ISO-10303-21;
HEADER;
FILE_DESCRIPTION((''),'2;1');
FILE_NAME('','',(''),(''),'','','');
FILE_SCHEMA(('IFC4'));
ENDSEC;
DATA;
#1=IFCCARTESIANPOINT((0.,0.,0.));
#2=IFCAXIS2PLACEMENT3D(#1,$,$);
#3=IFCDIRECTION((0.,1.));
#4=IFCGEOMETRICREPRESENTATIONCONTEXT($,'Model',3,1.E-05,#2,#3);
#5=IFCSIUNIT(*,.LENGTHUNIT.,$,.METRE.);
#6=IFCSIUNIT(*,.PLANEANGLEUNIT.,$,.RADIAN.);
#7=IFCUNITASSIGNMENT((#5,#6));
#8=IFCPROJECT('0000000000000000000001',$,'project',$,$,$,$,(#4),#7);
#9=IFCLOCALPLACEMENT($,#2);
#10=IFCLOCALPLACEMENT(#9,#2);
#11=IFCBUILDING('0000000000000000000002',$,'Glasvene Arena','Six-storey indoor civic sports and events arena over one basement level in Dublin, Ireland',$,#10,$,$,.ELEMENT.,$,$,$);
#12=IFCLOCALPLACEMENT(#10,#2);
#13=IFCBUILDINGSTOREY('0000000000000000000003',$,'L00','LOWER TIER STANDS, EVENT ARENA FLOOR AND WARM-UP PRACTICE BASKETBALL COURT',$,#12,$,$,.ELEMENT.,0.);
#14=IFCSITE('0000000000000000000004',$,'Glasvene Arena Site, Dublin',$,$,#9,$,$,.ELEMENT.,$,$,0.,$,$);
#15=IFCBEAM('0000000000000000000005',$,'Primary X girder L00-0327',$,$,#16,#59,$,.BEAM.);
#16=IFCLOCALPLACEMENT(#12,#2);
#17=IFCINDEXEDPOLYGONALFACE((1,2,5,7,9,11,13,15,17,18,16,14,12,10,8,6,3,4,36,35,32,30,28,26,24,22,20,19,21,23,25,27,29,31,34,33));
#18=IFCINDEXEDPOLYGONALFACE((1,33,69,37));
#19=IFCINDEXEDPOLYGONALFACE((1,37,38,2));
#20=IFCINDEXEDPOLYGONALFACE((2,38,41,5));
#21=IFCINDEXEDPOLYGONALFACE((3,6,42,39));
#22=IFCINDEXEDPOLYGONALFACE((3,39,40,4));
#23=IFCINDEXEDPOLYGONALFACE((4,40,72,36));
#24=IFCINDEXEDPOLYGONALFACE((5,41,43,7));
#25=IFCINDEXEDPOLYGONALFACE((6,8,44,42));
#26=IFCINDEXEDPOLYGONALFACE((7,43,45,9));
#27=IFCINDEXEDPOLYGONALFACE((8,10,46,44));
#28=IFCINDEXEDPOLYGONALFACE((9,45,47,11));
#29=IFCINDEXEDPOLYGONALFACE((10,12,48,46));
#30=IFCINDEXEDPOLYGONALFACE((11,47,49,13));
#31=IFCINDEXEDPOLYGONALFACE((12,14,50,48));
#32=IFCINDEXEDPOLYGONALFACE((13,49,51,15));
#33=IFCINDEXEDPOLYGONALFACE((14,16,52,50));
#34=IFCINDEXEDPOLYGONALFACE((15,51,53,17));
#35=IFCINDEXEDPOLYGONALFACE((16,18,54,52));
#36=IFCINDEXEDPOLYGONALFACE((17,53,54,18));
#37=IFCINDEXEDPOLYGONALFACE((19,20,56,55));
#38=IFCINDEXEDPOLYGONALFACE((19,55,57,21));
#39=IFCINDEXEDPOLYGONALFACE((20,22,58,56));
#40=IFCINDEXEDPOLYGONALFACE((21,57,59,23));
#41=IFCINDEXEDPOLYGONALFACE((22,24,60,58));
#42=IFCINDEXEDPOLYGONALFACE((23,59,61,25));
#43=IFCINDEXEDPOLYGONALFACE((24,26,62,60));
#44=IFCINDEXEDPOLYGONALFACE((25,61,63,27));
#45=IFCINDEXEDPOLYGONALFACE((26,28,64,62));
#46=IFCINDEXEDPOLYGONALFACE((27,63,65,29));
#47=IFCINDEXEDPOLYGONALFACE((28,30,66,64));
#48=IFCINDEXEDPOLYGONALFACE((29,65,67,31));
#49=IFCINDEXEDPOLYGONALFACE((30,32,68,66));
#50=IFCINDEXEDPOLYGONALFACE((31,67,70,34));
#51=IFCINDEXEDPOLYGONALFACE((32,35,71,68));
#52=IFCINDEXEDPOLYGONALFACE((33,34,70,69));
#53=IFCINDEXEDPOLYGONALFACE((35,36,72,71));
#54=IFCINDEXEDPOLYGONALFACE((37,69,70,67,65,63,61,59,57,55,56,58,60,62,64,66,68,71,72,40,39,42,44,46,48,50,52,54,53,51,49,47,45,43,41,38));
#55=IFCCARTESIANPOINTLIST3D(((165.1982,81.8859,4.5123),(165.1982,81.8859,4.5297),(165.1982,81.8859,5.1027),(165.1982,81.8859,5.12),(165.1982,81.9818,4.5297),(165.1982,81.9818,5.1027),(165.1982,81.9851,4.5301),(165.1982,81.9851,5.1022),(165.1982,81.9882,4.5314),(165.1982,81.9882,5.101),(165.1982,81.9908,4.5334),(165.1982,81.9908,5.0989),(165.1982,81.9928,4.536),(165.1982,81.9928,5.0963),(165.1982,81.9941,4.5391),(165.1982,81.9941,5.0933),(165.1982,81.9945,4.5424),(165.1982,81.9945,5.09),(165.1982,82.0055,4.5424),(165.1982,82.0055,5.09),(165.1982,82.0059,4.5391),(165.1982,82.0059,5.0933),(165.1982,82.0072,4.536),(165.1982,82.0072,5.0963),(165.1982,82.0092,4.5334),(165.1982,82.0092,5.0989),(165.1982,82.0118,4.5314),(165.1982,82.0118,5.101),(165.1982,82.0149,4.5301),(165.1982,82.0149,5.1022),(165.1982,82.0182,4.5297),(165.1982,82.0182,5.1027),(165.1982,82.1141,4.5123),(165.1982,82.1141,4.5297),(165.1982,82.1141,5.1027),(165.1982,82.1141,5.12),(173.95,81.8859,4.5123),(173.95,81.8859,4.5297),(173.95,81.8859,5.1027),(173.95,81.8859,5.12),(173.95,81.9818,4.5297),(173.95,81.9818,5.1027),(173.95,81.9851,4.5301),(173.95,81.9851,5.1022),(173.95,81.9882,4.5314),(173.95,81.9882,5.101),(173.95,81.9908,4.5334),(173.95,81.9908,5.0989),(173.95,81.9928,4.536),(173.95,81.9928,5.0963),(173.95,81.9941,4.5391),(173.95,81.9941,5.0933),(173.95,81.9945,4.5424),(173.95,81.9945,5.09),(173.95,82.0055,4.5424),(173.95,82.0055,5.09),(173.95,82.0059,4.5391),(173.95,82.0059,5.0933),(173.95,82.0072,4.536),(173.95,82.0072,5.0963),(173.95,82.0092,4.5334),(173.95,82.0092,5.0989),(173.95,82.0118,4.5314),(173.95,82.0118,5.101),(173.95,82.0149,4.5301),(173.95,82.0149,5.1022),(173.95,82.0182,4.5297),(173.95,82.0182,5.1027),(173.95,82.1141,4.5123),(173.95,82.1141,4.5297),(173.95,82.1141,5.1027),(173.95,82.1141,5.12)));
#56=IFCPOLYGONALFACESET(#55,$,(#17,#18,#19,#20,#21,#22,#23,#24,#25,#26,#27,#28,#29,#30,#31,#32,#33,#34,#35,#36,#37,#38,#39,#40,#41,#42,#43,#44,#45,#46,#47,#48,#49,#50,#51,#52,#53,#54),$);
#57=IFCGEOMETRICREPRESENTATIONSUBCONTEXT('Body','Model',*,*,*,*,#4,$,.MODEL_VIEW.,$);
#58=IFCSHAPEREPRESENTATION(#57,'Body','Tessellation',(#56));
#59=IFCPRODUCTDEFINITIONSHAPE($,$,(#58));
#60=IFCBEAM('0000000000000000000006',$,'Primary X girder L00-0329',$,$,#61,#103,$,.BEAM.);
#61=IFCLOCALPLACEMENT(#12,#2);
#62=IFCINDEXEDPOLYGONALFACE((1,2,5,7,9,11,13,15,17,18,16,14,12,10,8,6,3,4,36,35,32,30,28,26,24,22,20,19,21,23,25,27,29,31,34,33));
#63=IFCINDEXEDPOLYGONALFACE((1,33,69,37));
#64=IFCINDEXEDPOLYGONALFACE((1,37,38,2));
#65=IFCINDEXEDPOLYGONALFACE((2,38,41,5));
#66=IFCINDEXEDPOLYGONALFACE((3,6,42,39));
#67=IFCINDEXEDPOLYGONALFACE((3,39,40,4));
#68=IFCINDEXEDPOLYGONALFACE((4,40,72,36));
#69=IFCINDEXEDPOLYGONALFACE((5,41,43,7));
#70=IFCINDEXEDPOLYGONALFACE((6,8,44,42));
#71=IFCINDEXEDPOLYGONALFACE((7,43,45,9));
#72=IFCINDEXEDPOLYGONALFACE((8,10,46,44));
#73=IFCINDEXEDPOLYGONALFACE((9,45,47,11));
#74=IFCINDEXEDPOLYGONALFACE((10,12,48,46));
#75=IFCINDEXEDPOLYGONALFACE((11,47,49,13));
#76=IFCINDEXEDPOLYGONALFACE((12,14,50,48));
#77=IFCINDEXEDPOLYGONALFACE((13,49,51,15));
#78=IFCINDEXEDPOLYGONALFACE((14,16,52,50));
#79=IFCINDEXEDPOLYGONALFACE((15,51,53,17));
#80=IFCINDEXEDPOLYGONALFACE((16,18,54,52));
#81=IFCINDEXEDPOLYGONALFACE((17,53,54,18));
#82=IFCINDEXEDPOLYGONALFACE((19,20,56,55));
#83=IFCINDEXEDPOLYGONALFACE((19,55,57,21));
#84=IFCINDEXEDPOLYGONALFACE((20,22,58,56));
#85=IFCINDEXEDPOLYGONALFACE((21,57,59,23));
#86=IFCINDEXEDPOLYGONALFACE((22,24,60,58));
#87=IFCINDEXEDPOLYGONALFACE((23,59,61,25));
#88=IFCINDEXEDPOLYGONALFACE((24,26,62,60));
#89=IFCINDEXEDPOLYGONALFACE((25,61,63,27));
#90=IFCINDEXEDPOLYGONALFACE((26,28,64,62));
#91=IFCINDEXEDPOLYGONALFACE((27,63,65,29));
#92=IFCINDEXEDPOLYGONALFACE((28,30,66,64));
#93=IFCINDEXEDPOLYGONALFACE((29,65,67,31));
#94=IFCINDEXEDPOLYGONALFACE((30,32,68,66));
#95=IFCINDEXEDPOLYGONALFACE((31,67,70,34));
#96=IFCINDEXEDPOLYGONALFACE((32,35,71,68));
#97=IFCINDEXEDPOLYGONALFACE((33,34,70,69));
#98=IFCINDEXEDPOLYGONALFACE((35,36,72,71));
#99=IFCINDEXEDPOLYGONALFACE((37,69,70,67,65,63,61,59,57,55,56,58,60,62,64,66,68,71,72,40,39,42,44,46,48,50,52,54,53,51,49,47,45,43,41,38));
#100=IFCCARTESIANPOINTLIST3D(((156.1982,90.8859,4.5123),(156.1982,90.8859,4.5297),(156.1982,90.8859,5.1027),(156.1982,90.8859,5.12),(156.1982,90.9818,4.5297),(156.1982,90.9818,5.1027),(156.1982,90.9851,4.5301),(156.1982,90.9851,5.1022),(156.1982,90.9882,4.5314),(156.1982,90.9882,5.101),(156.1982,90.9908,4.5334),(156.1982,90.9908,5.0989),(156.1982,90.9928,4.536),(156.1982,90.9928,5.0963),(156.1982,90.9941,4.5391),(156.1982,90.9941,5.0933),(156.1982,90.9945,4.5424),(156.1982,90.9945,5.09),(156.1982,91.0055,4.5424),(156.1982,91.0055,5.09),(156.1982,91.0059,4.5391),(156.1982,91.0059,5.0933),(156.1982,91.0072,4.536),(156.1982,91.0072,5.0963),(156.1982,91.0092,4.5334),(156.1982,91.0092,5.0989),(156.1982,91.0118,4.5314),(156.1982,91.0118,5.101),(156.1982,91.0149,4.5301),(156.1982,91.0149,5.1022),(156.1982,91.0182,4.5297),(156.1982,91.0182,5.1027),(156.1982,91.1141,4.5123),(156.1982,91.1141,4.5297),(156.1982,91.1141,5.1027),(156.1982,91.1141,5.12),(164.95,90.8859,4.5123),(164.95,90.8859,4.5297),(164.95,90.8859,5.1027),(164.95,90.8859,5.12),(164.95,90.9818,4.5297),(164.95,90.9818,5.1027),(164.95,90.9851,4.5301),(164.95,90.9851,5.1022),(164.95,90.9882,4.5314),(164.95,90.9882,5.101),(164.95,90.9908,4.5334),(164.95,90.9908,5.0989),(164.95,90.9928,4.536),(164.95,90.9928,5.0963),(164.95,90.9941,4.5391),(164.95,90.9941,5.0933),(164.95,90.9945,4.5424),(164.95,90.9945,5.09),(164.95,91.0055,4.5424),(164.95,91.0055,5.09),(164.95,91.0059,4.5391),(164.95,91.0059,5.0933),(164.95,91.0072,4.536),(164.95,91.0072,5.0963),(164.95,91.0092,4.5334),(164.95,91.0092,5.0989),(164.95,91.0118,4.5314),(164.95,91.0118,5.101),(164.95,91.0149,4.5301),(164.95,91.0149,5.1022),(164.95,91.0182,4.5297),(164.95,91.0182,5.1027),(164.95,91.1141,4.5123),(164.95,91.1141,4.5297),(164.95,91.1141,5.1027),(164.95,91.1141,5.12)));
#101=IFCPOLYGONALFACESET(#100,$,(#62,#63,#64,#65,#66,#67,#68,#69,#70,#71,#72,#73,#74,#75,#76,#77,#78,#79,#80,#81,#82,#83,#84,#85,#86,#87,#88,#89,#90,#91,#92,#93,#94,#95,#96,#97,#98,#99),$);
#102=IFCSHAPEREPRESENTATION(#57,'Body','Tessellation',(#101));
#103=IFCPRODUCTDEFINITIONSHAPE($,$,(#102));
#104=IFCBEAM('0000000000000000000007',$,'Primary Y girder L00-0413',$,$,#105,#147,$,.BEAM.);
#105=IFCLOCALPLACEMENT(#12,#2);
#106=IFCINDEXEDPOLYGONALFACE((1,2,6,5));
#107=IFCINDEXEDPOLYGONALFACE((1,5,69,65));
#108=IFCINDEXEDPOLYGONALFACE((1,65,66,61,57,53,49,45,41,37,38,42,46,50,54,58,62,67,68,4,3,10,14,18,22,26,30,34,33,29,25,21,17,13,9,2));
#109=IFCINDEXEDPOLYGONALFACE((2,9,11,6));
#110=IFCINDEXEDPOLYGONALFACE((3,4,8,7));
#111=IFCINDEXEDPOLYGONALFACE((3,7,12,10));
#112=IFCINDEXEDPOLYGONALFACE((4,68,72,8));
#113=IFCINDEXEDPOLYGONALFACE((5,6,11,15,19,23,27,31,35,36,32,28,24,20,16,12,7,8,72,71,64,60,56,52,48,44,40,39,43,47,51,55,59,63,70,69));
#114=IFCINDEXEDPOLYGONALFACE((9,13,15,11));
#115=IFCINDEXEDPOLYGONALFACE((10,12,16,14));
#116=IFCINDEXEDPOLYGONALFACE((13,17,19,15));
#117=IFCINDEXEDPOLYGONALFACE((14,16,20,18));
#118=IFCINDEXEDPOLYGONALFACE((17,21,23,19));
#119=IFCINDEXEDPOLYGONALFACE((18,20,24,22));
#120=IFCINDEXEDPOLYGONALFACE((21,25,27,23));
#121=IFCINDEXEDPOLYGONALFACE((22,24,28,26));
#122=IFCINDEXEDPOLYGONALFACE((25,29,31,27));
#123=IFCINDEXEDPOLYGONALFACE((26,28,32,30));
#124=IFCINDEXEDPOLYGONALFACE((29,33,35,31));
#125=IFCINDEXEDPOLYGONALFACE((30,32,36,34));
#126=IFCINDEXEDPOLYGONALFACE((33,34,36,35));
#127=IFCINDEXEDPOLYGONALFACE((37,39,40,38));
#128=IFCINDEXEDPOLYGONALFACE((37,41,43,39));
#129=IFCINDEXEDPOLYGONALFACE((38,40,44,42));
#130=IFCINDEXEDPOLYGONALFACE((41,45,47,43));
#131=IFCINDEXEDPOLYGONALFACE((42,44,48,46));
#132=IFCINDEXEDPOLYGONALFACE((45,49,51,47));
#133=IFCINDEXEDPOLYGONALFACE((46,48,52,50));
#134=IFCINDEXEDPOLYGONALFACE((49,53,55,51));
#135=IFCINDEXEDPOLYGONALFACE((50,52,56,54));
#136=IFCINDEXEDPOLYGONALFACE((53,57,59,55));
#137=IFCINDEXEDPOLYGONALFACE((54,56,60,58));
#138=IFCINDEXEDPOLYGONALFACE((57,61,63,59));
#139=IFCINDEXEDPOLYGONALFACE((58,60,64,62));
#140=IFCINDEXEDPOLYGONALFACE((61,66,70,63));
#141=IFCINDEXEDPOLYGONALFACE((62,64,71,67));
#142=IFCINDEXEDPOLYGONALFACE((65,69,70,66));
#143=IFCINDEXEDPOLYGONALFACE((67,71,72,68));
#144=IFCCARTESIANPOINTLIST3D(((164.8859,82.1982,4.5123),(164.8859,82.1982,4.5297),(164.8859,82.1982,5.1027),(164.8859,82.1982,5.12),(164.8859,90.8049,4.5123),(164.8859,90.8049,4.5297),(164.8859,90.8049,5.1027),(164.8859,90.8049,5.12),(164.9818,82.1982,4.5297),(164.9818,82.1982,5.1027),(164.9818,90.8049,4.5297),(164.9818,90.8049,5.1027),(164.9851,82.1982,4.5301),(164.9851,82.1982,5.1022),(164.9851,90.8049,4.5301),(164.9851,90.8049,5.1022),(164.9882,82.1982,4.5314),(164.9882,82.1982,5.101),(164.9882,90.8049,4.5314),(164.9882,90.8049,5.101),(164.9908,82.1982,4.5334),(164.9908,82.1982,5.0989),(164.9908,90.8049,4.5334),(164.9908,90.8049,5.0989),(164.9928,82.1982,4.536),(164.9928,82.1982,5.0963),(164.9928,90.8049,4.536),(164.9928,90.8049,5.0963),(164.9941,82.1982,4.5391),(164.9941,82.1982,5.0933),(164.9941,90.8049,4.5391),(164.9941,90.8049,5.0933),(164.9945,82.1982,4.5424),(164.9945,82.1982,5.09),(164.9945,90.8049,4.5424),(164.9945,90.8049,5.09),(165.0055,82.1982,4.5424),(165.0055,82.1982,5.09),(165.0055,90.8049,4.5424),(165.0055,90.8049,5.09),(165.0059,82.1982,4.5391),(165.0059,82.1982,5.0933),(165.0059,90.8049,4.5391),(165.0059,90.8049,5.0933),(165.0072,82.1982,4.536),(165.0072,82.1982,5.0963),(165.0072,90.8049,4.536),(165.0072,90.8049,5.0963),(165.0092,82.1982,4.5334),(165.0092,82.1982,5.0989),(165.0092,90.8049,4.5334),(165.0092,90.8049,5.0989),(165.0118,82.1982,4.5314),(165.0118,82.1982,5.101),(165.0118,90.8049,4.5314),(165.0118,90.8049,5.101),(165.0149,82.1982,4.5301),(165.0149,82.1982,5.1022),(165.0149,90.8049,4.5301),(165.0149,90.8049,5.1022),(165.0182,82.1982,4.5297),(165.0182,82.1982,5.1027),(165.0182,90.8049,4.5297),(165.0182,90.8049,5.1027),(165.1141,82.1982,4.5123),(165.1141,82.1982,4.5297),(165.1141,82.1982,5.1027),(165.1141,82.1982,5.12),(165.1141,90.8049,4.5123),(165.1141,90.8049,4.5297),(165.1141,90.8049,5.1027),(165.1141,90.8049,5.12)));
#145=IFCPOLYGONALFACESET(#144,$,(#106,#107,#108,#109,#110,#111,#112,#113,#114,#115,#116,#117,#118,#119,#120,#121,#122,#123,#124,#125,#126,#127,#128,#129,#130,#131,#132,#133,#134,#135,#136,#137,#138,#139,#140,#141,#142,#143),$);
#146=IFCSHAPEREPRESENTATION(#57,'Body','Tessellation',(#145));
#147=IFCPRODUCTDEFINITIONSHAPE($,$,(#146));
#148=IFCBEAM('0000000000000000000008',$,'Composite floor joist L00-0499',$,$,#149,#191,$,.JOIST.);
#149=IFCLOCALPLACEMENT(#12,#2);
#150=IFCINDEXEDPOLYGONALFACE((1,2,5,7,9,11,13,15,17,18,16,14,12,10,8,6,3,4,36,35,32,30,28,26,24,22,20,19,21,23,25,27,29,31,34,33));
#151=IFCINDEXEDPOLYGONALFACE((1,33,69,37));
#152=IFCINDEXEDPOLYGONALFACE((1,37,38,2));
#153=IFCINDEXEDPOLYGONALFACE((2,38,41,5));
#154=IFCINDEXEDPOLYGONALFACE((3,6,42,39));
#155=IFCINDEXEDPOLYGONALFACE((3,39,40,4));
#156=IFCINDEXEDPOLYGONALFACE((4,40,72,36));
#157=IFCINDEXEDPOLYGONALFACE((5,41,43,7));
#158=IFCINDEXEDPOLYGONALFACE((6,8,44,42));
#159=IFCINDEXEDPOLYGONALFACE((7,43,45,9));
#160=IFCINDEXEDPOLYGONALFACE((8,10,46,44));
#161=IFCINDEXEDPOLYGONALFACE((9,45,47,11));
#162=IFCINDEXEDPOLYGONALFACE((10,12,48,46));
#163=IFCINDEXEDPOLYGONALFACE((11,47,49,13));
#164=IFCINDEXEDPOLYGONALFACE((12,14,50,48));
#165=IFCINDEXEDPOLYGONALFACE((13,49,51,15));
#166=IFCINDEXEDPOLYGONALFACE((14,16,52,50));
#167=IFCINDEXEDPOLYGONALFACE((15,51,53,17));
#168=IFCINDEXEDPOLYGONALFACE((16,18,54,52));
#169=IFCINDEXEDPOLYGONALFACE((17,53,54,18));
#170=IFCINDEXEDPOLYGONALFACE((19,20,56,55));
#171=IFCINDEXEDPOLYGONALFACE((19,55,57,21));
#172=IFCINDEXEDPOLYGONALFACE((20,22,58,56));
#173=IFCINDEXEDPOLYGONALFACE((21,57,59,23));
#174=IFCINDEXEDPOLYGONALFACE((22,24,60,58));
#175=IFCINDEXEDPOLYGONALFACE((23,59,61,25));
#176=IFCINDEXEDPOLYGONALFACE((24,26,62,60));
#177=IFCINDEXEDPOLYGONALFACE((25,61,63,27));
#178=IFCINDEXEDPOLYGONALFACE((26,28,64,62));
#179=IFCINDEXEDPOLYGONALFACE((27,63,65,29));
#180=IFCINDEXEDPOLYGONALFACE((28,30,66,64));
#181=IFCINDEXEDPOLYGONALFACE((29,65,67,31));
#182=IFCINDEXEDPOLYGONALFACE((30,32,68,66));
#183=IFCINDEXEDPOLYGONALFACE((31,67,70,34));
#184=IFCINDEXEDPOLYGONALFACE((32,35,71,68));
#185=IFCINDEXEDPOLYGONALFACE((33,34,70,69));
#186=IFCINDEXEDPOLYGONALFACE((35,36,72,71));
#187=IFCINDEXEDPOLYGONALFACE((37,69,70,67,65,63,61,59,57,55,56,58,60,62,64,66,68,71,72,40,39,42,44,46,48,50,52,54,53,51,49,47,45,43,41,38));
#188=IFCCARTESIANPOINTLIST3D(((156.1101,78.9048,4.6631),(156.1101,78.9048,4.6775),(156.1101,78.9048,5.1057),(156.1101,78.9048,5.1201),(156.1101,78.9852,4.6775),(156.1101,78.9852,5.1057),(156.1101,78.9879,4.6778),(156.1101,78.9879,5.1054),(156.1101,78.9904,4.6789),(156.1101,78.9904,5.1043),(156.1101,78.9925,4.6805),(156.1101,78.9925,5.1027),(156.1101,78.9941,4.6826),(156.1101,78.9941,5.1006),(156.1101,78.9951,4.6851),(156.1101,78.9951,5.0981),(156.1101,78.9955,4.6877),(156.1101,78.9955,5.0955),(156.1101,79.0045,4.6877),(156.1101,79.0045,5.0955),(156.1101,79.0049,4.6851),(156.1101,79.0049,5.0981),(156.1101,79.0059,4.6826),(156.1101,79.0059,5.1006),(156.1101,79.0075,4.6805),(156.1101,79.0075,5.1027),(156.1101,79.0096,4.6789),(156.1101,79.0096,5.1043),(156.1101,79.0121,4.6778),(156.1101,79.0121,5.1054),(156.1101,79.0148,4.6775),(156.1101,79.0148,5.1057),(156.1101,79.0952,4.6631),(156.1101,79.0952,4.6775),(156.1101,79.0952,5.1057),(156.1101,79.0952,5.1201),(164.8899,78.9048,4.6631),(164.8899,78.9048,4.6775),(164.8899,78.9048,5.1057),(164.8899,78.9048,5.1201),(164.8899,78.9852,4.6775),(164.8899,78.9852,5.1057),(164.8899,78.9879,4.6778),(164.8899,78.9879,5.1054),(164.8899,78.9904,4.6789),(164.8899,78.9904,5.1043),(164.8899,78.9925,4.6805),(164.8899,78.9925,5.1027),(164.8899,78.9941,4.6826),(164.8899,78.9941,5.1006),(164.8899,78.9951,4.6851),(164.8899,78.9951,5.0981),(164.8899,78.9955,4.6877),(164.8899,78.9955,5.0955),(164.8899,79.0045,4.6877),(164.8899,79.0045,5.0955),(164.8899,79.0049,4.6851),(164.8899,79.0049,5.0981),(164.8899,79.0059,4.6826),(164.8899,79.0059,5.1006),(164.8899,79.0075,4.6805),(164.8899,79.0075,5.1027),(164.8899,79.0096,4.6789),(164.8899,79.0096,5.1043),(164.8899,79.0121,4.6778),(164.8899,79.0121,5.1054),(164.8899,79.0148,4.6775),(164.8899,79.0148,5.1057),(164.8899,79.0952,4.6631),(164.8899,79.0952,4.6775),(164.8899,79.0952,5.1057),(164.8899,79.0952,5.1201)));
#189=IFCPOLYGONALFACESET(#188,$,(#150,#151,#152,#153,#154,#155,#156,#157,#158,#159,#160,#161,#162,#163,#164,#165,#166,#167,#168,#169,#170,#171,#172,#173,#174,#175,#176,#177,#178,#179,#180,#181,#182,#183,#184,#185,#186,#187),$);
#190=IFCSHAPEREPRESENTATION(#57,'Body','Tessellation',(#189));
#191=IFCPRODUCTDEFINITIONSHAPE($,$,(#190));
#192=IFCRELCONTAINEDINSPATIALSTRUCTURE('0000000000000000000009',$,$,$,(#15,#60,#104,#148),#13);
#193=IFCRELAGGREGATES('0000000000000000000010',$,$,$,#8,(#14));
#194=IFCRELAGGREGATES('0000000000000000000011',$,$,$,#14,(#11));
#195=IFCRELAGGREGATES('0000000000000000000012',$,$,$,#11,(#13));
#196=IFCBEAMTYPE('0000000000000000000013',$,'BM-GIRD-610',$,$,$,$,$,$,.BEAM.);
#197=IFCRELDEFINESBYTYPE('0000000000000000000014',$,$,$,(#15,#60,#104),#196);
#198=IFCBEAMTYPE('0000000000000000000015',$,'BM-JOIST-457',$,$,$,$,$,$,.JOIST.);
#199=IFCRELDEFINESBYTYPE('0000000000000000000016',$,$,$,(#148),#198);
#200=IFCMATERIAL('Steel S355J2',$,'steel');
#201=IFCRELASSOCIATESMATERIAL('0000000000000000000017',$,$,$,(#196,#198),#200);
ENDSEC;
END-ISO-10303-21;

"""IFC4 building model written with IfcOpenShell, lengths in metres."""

from ifc_helpers import new_model, si_unit, direction, frame, origin, origin_2d, place, context, subcontext, project, spatial, i_section, extrude, material, material_profile, profile_set, type_object, element, save


model = new_model("IFC4")

# Units and contexts
model_context = context("Model", 3, precision=1e-05, world=origin(), true_north=direction((0.0, 1.0)))
body_context = subcontext(model_context, "Body", "Model", "MODEL_VIEW")
ifc_project = project(units=[si_unit("LENGTHUNIT", "METRE"), si_unit("PLANEANGLEUNIT", "RADIAN")], contexts=[model_context])

# Site, building, storey
site_placement = place(None, origin())
site = spatial("IfcSite", under=ifc_project, at=site_placement, Name="Glasvene Arena Site, Dublin", CompositionType="ELEMENT", RefElevation=0.0)
building_placement = place(site_placement, origin())
building = spatial("IfcBuilding", under=site, at=building_placement, Name="Glasvene Arena", Description="Six-storey indoor civic sports and events arena over one basement level in Dublin, Ireland", CompositionType="ELEMENT")
storey_placement = place(building_placement, origin())
storey = spatial("IfcBuildingStorey", under=building, at=storey_placement, Name="L00", Description="LOWER TIER STANDS, EVENT ARENA FLOOR AND WARM-UP PRACTICE BASKETBALL COURT", CompositionType="ELEMENT", Elevation=0.0)

# Shared definitions
ifc_material_1 = material(Name="Steel S355J2", Category="steel")

# Beams
ifc_material_profile_1 = material_profile(ifc_material_1, i_section(OverallWidth=0.2283, OverallDepth=0.6077, WebThickness=0.011, FlangeThickness=0.0173, FilletRadius=0.0127, at=origin_2d()), Name="UKB 610x229x113")
ifc_profile_set_1 = profile_set([ifc_material_profile_1], Name="Steel S355J2")
beam_type_1 = type_object("IfcBeamType", Name="BM-GIRD-610", PredefinedType="BEAM", material=ifc_profile_set_1)
for number, where, z_axis, x_axis, name in (
    (1, (165.1982, 82.0, 4.8162), (1.0, 0.0, 0.0), (0.0, 1.0, 0.0), "Primary X girder L00-0327"),
    (2, (156.1982, 91.0, 4.8162), (1.0, 0.0, 0.0), (0.0, 1.0, 0.0), "Primary X girder L00-0329"),
):
    element("IfcBeam", number, at=place(storey_placement, frame(where, z_axis=z_axis, x_axis=x_axis)), inside=storey, type_object=beam_type_1, Name=name, PredefinedType="BEAM", context=body_context, shape_type="SweptSolid", body=[
        extrude(i_section(OverallWidth=0.2283, OverallDepth=0.6077, WebThickness=0.011, FlangeThickness=0.0173, FilletRadius=0.0127, at=origin_2d()), origin(), (0.0, 0.0, 1.0), 8.7517),
    ])
beam_1_placement = place(storey_placement, frame((165.0, 82.1982, 4.8162), z_axis=(0.0, 1.0, 0.0), x_axis=(-1.0, 0.0, 0.0)))
element("IfcBeam", 3, at=beam_1_placement, inside=storey, type_object=beam_type_1, Name="Primary Y girder L00-0413", PredefinedType="BEAM", context=body_context, shape_type="SweptSolid", body=[
    extrude(i_section(OverallWidth=0.2283, OverallDepth=0.6077, WebThickness=0.011, FlangeThickness=0.0173, FilletRadius=0.0127, at=origin_2d()), origin(), (0.0, 0.0, 1.0), 8.6067),
])
ifc_material_profile_2 = material_profile(ifc_material_1, i_section(OverallWidth=0.1904, OverallDepth=0.457, WebThickness=0.009, FlangeThickness=0.0144, FilletRadius=0.0103, at=origin_2d()), Name="UKB 457x191x74")
ifc_profile_set_2 = profile_set([ifc_material_profile_2], Name="Steel S355J2")
beam_type_2 = type_object("IfcBeamType", Name="BM-JOIST-457", PredefinedType="JOIST", material=ifc_profile_set_2)
for number, where, z_axis, x_axis, name in (
    (4, (156.1101, 79.0, 4.8916), (1.0, 0.0, 0.0), (0.0, 1.0, 0.0), "Composite floor joist L00-0499"),
):
    element("IfcBeam", number, at=place(storey_placement, frame(where, z_axis=z_axis, x_axis=x_axis)), inside=storey, type_object=beam_type_2, Name=name, PredefinedType="JOIST", context=body_context, shape_type="SweptSolid", body=[
        extrude(i_section(OverallWidth=0.1904, OverallDepth=0.457, WebThickness=0.009, FlangeThickness=0.0144, FilletRadius=0.0103, at=origin_2d()), origin(), (0.0, 0.0, 1.0), 8.7798),
    ])

save(model, "model.ifc")
